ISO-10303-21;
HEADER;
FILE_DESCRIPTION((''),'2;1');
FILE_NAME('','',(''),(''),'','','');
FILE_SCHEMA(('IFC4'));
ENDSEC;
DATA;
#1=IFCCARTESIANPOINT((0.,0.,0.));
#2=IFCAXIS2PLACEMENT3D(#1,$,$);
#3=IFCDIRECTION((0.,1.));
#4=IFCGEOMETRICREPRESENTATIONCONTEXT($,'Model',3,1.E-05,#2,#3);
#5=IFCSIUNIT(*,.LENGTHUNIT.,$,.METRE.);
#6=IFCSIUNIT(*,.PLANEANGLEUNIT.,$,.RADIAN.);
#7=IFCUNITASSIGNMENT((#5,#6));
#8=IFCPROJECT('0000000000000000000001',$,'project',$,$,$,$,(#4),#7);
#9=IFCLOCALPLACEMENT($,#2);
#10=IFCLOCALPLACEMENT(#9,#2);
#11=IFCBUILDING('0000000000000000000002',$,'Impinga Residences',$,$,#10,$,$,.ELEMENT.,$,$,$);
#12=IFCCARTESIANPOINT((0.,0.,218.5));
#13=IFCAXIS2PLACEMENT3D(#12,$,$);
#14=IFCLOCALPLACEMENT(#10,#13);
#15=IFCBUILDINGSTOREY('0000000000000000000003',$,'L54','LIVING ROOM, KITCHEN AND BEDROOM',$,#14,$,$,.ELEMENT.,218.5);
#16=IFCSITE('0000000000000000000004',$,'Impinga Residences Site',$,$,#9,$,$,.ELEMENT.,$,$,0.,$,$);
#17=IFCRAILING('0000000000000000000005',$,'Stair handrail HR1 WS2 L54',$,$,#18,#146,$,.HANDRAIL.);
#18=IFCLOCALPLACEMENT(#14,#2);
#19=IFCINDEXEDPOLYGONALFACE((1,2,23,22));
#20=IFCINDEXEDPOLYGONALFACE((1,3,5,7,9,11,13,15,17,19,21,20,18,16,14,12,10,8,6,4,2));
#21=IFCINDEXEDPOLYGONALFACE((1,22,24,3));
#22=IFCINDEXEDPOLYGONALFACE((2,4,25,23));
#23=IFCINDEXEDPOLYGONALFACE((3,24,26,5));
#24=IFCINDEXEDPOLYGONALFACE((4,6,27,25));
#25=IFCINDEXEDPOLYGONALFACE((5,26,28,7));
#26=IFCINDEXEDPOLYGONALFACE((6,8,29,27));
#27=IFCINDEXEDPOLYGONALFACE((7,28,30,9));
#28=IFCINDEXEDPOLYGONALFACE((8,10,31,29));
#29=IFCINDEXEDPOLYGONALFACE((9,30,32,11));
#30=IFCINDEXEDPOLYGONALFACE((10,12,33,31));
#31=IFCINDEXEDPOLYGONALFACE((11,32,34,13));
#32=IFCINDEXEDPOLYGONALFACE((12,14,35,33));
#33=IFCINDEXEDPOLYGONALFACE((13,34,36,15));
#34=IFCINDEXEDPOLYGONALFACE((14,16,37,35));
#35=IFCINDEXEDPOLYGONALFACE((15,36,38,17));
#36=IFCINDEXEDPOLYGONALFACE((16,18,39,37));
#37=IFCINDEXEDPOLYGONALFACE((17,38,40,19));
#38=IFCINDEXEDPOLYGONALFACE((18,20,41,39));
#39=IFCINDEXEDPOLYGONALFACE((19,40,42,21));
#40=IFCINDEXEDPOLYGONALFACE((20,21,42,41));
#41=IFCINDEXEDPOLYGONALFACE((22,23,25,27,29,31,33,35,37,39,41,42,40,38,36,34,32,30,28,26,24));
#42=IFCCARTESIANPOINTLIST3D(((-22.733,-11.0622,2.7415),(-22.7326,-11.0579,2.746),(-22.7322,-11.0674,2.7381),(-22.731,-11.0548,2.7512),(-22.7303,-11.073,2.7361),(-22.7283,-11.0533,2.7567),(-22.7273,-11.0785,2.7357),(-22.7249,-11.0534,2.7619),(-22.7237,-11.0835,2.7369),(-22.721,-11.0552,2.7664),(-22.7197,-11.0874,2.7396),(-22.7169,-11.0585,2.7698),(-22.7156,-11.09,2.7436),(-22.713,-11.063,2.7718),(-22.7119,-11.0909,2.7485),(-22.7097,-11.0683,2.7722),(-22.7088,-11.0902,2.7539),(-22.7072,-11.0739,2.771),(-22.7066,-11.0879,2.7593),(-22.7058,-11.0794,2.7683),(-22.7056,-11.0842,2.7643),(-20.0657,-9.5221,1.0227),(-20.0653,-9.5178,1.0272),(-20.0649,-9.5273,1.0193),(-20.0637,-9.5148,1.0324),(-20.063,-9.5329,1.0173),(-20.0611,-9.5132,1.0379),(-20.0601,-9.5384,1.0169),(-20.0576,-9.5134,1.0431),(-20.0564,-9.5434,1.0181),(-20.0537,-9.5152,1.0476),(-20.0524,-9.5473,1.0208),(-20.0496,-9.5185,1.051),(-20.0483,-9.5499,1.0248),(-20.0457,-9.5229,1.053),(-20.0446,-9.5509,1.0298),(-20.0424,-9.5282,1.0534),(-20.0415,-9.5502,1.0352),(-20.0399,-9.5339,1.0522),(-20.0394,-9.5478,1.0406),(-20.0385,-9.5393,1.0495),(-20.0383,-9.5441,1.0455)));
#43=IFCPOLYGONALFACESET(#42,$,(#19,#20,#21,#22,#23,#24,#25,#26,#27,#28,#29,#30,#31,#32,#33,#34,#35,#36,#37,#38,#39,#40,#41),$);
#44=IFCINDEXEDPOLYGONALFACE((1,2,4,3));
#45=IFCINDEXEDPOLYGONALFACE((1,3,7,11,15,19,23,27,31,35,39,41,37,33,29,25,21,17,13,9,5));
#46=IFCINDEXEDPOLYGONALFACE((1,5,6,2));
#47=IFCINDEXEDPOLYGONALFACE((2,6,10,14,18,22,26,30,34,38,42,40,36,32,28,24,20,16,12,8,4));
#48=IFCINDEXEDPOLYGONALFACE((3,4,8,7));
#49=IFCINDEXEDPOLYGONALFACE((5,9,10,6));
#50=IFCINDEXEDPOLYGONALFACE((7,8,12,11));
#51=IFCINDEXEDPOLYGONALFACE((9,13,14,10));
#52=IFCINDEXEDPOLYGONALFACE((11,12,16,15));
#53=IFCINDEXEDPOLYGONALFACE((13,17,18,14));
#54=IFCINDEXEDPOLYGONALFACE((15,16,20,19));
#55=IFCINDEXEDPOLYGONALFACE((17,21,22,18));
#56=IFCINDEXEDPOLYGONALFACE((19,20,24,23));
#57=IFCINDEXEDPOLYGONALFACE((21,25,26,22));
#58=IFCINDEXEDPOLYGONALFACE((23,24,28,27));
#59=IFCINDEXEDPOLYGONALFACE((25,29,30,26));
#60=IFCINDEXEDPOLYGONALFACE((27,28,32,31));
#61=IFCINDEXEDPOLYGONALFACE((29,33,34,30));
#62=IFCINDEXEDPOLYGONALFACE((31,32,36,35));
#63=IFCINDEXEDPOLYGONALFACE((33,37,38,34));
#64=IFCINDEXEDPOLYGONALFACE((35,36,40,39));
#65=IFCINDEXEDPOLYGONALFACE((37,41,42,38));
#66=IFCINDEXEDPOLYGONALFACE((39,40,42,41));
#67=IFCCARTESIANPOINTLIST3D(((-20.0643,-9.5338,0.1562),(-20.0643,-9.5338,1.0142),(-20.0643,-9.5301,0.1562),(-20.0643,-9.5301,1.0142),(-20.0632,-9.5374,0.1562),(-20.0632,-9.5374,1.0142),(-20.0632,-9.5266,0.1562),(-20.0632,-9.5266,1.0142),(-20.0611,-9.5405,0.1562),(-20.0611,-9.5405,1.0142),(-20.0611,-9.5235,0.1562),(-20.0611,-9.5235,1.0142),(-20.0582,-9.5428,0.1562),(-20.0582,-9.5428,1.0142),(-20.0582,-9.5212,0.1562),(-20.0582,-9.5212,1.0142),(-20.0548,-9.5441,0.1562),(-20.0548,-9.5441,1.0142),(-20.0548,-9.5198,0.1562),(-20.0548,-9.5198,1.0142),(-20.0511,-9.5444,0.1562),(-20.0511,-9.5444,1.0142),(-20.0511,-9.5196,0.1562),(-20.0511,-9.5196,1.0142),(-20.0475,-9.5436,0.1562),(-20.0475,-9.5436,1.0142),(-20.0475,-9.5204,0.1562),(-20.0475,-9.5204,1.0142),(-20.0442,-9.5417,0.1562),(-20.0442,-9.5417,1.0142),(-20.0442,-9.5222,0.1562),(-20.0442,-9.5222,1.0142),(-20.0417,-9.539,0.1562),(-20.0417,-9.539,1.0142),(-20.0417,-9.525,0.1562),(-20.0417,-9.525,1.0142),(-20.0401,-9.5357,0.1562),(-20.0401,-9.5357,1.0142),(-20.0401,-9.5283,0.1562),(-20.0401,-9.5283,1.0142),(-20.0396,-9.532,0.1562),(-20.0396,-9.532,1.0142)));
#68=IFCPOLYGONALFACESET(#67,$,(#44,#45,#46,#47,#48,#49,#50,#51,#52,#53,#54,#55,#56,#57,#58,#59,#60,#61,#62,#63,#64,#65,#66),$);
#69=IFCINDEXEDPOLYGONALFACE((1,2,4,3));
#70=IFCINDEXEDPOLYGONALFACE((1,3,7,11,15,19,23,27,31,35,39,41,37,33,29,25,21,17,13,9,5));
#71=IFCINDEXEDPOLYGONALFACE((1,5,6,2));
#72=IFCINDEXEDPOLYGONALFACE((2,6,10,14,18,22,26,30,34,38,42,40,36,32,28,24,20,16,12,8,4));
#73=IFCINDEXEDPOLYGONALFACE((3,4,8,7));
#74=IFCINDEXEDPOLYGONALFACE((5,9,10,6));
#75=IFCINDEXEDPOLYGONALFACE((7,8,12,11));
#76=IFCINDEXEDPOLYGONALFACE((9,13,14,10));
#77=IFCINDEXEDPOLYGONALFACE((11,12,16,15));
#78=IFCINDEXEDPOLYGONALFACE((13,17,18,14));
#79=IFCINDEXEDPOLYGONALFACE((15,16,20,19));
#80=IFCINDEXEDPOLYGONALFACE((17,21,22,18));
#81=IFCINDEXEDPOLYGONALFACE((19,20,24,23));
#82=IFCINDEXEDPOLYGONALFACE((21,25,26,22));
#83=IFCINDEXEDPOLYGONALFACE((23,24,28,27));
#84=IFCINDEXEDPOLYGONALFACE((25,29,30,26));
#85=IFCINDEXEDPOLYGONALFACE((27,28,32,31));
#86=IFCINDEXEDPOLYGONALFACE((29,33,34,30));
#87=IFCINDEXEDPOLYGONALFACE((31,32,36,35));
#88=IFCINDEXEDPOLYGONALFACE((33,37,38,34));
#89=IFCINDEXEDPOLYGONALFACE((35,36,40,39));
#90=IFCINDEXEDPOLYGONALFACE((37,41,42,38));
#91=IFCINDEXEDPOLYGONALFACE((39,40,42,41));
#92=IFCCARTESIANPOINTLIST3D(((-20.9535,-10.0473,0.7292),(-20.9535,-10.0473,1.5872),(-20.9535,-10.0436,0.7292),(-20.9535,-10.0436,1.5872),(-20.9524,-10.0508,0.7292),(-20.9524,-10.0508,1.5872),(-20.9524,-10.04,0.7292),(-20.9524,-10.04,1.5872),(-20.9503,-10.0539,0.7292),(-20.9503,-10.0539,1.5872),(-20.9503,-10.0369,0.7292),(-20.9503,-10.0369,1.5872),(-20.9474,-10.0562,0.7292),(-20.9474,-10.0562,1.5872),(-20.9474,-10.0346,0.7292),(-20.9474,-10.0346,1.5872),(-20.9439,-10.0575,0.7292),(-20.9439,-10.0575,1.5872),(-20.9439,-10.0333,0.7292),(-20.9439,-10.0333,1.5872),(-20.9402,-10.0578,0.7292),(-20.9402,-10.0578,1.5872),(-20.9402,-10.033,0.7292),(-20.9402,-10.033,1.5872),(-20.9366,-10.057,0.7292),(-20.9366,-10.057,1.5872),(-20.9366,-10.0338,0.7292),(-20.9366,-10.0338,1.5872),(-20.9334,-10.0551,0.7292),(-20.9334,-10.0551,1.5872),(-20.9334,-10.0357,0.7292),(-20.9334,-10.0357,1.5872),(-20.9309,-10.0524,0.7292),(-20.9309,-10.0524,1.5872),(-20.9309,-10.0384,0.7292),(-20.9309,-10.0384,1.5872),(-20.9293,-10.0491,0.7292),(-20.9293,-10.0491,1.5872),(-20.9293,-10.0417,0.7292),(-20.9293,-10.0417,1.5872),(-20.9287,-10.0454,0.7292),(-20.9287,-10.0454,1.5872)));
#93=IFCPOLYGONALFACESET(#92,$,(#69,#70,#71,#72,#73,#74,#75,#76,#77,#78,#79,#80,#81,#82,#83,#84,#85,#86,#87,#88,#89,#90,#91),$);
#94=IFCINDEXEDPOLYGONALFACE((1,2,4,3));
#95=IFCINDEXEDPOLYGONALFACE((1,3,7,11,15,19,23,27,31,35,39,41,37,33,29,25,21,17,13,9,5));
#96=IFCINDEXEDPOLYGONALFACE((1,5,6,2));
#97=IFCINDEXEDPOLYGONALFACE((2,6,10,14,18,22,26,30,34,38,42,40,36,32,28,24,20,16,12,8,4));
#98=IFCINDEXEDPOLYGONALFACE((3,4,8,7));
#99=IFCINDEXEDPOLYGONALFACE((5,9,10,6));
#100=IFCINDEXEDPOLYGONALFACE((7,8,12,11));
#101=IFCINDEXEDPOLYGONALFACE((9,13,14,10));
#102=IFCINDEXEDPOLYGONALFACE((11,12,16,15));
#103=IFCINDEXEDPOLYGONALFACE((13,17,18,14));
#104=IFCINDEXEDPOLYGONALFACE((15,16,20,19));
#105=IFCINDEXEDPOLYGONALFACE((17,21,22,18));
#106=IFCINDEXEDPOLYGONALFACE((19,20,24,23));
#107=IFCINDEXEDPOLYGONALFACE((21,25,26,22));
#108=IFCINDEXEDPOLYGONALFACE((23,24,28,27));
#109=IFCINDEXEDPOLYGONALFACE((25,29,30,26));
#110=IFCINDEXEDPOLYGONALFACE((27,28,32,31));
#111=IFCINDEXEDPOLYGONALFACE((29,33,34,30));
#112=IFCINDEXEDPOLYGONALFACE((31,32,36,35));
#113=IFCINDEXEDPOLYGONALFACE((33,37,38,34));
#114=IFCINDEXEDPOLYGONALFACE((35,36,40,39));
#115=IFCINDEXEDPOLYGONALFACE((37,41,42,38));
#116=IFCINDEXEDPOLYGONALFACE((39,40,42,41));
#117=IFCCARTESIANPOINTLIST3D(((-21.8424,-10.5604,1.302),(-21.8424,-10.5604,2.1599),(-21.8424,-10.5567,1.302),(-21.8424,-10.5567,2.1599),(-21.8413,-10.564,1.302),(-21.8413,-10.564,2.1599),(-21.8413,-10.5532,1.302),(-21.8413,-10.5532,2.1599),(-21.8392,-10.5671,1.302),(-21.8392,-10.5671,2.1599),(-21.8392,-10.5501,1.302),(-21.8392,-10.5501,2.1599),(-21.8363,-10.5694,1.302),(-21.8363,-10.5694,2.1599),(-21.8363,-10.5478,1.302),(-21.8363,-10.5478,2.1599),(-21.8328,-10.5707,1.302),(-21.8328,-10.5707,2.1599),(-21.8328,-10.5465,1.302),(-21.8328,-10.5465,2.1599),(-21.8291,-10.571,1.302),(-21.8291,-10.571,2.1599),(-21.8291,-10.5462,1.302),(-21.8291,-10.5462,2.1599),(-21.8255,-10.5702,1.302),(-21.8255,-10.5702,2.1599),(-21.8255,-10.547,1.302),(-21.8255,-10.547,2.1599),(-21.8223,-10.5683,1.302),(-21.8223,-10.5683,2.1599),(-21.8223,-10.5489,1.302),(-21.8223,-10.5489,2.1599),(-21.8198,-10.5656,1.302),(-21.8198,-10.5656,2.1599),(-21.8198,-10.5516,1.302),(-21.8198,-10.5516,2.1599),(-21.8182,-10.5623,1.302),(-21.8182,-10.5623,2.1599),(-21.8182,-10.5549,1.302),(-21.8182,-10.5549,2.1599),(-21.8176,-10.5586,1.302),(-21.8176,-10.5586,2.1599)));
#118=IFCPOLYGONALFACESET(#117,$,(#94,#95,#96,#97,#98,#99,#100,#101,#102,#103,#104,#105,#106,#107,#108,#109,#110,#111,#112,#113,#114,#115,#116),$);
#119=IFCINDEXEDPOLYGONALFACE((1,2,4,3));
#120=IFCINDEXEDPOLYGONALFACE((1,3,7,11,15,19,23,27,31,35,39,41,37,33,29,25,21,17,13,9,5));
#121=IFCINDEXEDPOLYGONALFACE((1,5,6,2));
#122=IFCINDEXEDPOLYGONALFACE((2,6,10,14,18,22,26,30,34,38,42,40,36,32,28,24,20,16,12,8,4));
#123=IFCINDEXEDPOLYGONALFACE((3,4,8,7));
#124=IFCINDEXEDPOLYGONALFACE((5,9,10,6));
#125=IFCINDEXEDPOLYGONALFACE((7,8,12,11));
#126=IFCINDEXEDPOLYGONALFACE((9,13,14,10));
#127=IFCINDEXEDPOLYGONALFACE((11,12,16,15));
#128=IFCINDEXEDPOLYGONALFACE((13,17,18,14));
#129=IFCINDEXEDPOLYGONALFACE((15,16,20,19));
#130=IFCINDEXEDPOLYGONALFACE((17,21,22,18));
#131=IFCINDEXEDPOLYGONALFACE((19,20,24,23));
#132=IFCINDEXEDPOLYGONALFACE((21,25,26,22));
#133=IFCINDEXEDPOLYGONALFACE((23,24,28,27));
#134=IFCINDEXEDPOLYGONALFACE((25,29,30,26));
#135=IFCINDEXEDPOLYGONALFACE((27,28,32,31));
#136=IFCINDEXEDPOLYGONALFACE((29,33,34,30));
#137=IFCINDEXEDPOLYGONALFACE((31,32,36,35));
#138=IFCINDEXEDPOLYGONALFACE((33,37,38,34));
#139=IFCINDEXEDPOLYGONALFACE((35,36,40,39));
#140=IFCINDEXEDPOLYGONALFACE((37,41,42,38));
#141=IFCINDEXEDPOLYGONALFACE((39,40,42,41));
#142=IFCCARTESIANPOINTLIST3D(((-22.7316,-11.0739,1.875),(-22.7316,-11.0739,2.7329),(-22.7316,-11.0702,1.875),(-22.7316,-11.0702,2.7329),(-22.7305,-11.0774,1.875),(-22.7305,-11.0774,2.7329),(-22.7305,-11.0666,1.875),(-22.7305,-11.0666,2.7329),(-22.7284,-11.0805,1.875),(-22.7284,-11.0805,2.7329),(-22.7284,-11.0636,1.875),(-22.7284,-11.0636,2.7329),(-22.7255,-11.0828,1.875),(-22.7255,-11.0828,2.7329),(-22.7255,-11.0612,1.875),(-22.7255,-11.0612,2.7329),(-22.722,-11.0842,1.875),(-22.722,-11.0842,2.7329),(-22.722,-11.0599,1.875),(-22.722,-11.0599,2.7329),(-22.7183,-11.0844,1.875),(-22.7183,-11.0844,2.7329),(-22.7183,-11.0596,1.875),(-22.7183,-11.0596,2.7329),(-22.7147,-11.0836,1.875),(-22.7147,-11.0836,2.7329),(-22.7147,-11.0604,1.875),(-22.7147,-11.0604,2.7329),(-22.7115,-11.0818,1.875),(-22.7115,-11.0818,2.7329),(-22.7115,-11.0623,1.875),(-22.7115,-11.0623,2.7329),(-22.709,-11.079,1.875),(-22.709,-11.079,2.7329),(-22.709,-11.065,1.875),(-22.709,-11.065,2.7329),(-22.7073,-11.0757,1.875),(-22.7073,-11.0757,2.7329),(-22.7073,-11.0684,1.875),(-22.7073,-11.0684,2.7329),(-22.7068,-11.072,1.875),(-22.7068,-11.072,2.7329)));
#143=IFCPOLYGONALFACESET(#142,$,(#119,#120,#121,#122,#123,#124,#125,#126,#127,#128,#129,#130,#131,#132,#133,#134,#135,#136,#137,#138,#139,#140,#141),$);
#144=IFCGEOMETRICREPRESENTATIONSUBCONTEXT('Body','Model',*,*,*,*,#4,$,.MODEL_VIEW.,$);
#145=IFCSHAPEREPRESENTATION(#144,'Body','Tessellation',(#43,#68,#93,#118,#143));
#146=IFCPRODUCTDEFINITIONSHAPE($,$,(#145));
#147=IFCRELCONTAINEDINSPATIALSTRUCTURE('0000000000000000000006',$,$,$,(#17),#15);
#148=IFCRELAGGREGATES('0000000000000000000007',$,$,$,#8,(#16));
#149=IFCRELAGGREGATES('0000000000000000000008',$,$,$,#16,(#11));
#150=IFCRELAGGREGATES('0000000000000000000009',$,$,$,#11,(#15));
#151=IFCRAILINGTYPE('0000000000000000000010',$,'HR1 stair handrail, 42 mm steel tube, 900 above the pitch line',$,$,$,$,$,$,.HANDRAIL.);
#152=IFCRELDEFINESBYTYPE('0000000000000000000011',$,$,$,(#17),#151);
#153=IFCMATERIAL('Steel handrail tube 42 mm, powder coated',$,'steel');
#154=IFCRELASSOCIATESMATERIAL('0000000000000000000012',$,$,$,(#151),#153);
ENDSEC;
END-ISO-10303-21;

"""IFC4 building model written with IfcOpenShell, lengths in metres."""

from ifc_helpers import new_model, si_unit, direction, frame, origin, origin_2d, place, context, subcontext, project, spatial, circle, extrude, material, type_object, element, save


model = new_model("IFC4")

# Units and contexts
model_context = context("Model", 3, precision=1e-05, world=origin(), true_north=direction((0.0, 1.0)))
body_context = subcontext(model_context, "Body", "Model", "MODEL_VIEW")
ifc_project = project(units=[si_unit("LENGTHUNIT", "METRE"), si_unit("PLANEANGLEUNIT", "RADIAN")], contexts=[model_context])

# Site, building, storey
site_placement = place(None, origin())
site = spatial("IfcSite", under=ifc_project, at=site_placement, Name="Impinga Residences Site", CompositionType="ELEMENT", RefElevation=0.0)
building_placement = place(site_placement, origin())
building = spatial("IfcBuilding", under=site, at=building_placement, Name="Impinga Residences", CompositionType="ELEMENT")
storey_placement = place(building_placement, frame((0.0, 0.0, 218.5)))
storey = spatial("IfcBuildingStorey", under=building, at=storey_placement, Name="L54", Description="LIVING ROOM, KITCHEN AND BEDROOM", CompositionType="ELEMENT", Elevation=218.5)

# Railing
ifc_material_1 = material(Name="Steel handrail tube 42 mm, powder coated", Category="steel")
railing_type = type_object("IfcRailingType", Name="HR1 stair handrail, 42 mm steel tube, 900 above the pitch line", PredefinedType="HANDRAIL", material=ifc_material_1)
railing_1_placement = place(storey_placement, frame((-20.052, -9.532, 0.1562)))
element("IfcRailing", 1, at=railing_1_placement, inside=storey, type_object=railing_type, Name="Stair handrail HR1 WS2 L54", PredefinedType="HANDRAIL", context=body_context, shape_type="SweptSolid", body=[
    extrude(circle(Radius=0.021, at=origin_2d()), frame((0.0, 0.0, 0.8789), z_axis=(-0.756226, -0.436639, 0.487307), x_axis=(0.500027, -0.86601, 0.0)), (0.0, 0.0, 1.0), 3.5271),
    extrude(circle(Radius=0.0125, at=origin_2d()), origin(), (0.0, 0.0, 1.0), 0.8579),
    extrude(circle(Radius=0.0125, at=origin_2d()), frame((-0.8892, -0.5134, 0.573)), (0.0, 0.0, 1.0), 0.8579),
    extrude(circle(Radius=0.0125, at=origin_2d()), frame((-1.7781, -1.0266, 1.1458)), (0.0, 0.0, 1.0), 0.8579),
    extrude(circle(Radius=0.0125, at=origin_2d()), frame((-2.6672, -1.54, 1.7188)), (0.0, 0.0, 1.0), 0.8579),
])

save(model, "model.ifc")
